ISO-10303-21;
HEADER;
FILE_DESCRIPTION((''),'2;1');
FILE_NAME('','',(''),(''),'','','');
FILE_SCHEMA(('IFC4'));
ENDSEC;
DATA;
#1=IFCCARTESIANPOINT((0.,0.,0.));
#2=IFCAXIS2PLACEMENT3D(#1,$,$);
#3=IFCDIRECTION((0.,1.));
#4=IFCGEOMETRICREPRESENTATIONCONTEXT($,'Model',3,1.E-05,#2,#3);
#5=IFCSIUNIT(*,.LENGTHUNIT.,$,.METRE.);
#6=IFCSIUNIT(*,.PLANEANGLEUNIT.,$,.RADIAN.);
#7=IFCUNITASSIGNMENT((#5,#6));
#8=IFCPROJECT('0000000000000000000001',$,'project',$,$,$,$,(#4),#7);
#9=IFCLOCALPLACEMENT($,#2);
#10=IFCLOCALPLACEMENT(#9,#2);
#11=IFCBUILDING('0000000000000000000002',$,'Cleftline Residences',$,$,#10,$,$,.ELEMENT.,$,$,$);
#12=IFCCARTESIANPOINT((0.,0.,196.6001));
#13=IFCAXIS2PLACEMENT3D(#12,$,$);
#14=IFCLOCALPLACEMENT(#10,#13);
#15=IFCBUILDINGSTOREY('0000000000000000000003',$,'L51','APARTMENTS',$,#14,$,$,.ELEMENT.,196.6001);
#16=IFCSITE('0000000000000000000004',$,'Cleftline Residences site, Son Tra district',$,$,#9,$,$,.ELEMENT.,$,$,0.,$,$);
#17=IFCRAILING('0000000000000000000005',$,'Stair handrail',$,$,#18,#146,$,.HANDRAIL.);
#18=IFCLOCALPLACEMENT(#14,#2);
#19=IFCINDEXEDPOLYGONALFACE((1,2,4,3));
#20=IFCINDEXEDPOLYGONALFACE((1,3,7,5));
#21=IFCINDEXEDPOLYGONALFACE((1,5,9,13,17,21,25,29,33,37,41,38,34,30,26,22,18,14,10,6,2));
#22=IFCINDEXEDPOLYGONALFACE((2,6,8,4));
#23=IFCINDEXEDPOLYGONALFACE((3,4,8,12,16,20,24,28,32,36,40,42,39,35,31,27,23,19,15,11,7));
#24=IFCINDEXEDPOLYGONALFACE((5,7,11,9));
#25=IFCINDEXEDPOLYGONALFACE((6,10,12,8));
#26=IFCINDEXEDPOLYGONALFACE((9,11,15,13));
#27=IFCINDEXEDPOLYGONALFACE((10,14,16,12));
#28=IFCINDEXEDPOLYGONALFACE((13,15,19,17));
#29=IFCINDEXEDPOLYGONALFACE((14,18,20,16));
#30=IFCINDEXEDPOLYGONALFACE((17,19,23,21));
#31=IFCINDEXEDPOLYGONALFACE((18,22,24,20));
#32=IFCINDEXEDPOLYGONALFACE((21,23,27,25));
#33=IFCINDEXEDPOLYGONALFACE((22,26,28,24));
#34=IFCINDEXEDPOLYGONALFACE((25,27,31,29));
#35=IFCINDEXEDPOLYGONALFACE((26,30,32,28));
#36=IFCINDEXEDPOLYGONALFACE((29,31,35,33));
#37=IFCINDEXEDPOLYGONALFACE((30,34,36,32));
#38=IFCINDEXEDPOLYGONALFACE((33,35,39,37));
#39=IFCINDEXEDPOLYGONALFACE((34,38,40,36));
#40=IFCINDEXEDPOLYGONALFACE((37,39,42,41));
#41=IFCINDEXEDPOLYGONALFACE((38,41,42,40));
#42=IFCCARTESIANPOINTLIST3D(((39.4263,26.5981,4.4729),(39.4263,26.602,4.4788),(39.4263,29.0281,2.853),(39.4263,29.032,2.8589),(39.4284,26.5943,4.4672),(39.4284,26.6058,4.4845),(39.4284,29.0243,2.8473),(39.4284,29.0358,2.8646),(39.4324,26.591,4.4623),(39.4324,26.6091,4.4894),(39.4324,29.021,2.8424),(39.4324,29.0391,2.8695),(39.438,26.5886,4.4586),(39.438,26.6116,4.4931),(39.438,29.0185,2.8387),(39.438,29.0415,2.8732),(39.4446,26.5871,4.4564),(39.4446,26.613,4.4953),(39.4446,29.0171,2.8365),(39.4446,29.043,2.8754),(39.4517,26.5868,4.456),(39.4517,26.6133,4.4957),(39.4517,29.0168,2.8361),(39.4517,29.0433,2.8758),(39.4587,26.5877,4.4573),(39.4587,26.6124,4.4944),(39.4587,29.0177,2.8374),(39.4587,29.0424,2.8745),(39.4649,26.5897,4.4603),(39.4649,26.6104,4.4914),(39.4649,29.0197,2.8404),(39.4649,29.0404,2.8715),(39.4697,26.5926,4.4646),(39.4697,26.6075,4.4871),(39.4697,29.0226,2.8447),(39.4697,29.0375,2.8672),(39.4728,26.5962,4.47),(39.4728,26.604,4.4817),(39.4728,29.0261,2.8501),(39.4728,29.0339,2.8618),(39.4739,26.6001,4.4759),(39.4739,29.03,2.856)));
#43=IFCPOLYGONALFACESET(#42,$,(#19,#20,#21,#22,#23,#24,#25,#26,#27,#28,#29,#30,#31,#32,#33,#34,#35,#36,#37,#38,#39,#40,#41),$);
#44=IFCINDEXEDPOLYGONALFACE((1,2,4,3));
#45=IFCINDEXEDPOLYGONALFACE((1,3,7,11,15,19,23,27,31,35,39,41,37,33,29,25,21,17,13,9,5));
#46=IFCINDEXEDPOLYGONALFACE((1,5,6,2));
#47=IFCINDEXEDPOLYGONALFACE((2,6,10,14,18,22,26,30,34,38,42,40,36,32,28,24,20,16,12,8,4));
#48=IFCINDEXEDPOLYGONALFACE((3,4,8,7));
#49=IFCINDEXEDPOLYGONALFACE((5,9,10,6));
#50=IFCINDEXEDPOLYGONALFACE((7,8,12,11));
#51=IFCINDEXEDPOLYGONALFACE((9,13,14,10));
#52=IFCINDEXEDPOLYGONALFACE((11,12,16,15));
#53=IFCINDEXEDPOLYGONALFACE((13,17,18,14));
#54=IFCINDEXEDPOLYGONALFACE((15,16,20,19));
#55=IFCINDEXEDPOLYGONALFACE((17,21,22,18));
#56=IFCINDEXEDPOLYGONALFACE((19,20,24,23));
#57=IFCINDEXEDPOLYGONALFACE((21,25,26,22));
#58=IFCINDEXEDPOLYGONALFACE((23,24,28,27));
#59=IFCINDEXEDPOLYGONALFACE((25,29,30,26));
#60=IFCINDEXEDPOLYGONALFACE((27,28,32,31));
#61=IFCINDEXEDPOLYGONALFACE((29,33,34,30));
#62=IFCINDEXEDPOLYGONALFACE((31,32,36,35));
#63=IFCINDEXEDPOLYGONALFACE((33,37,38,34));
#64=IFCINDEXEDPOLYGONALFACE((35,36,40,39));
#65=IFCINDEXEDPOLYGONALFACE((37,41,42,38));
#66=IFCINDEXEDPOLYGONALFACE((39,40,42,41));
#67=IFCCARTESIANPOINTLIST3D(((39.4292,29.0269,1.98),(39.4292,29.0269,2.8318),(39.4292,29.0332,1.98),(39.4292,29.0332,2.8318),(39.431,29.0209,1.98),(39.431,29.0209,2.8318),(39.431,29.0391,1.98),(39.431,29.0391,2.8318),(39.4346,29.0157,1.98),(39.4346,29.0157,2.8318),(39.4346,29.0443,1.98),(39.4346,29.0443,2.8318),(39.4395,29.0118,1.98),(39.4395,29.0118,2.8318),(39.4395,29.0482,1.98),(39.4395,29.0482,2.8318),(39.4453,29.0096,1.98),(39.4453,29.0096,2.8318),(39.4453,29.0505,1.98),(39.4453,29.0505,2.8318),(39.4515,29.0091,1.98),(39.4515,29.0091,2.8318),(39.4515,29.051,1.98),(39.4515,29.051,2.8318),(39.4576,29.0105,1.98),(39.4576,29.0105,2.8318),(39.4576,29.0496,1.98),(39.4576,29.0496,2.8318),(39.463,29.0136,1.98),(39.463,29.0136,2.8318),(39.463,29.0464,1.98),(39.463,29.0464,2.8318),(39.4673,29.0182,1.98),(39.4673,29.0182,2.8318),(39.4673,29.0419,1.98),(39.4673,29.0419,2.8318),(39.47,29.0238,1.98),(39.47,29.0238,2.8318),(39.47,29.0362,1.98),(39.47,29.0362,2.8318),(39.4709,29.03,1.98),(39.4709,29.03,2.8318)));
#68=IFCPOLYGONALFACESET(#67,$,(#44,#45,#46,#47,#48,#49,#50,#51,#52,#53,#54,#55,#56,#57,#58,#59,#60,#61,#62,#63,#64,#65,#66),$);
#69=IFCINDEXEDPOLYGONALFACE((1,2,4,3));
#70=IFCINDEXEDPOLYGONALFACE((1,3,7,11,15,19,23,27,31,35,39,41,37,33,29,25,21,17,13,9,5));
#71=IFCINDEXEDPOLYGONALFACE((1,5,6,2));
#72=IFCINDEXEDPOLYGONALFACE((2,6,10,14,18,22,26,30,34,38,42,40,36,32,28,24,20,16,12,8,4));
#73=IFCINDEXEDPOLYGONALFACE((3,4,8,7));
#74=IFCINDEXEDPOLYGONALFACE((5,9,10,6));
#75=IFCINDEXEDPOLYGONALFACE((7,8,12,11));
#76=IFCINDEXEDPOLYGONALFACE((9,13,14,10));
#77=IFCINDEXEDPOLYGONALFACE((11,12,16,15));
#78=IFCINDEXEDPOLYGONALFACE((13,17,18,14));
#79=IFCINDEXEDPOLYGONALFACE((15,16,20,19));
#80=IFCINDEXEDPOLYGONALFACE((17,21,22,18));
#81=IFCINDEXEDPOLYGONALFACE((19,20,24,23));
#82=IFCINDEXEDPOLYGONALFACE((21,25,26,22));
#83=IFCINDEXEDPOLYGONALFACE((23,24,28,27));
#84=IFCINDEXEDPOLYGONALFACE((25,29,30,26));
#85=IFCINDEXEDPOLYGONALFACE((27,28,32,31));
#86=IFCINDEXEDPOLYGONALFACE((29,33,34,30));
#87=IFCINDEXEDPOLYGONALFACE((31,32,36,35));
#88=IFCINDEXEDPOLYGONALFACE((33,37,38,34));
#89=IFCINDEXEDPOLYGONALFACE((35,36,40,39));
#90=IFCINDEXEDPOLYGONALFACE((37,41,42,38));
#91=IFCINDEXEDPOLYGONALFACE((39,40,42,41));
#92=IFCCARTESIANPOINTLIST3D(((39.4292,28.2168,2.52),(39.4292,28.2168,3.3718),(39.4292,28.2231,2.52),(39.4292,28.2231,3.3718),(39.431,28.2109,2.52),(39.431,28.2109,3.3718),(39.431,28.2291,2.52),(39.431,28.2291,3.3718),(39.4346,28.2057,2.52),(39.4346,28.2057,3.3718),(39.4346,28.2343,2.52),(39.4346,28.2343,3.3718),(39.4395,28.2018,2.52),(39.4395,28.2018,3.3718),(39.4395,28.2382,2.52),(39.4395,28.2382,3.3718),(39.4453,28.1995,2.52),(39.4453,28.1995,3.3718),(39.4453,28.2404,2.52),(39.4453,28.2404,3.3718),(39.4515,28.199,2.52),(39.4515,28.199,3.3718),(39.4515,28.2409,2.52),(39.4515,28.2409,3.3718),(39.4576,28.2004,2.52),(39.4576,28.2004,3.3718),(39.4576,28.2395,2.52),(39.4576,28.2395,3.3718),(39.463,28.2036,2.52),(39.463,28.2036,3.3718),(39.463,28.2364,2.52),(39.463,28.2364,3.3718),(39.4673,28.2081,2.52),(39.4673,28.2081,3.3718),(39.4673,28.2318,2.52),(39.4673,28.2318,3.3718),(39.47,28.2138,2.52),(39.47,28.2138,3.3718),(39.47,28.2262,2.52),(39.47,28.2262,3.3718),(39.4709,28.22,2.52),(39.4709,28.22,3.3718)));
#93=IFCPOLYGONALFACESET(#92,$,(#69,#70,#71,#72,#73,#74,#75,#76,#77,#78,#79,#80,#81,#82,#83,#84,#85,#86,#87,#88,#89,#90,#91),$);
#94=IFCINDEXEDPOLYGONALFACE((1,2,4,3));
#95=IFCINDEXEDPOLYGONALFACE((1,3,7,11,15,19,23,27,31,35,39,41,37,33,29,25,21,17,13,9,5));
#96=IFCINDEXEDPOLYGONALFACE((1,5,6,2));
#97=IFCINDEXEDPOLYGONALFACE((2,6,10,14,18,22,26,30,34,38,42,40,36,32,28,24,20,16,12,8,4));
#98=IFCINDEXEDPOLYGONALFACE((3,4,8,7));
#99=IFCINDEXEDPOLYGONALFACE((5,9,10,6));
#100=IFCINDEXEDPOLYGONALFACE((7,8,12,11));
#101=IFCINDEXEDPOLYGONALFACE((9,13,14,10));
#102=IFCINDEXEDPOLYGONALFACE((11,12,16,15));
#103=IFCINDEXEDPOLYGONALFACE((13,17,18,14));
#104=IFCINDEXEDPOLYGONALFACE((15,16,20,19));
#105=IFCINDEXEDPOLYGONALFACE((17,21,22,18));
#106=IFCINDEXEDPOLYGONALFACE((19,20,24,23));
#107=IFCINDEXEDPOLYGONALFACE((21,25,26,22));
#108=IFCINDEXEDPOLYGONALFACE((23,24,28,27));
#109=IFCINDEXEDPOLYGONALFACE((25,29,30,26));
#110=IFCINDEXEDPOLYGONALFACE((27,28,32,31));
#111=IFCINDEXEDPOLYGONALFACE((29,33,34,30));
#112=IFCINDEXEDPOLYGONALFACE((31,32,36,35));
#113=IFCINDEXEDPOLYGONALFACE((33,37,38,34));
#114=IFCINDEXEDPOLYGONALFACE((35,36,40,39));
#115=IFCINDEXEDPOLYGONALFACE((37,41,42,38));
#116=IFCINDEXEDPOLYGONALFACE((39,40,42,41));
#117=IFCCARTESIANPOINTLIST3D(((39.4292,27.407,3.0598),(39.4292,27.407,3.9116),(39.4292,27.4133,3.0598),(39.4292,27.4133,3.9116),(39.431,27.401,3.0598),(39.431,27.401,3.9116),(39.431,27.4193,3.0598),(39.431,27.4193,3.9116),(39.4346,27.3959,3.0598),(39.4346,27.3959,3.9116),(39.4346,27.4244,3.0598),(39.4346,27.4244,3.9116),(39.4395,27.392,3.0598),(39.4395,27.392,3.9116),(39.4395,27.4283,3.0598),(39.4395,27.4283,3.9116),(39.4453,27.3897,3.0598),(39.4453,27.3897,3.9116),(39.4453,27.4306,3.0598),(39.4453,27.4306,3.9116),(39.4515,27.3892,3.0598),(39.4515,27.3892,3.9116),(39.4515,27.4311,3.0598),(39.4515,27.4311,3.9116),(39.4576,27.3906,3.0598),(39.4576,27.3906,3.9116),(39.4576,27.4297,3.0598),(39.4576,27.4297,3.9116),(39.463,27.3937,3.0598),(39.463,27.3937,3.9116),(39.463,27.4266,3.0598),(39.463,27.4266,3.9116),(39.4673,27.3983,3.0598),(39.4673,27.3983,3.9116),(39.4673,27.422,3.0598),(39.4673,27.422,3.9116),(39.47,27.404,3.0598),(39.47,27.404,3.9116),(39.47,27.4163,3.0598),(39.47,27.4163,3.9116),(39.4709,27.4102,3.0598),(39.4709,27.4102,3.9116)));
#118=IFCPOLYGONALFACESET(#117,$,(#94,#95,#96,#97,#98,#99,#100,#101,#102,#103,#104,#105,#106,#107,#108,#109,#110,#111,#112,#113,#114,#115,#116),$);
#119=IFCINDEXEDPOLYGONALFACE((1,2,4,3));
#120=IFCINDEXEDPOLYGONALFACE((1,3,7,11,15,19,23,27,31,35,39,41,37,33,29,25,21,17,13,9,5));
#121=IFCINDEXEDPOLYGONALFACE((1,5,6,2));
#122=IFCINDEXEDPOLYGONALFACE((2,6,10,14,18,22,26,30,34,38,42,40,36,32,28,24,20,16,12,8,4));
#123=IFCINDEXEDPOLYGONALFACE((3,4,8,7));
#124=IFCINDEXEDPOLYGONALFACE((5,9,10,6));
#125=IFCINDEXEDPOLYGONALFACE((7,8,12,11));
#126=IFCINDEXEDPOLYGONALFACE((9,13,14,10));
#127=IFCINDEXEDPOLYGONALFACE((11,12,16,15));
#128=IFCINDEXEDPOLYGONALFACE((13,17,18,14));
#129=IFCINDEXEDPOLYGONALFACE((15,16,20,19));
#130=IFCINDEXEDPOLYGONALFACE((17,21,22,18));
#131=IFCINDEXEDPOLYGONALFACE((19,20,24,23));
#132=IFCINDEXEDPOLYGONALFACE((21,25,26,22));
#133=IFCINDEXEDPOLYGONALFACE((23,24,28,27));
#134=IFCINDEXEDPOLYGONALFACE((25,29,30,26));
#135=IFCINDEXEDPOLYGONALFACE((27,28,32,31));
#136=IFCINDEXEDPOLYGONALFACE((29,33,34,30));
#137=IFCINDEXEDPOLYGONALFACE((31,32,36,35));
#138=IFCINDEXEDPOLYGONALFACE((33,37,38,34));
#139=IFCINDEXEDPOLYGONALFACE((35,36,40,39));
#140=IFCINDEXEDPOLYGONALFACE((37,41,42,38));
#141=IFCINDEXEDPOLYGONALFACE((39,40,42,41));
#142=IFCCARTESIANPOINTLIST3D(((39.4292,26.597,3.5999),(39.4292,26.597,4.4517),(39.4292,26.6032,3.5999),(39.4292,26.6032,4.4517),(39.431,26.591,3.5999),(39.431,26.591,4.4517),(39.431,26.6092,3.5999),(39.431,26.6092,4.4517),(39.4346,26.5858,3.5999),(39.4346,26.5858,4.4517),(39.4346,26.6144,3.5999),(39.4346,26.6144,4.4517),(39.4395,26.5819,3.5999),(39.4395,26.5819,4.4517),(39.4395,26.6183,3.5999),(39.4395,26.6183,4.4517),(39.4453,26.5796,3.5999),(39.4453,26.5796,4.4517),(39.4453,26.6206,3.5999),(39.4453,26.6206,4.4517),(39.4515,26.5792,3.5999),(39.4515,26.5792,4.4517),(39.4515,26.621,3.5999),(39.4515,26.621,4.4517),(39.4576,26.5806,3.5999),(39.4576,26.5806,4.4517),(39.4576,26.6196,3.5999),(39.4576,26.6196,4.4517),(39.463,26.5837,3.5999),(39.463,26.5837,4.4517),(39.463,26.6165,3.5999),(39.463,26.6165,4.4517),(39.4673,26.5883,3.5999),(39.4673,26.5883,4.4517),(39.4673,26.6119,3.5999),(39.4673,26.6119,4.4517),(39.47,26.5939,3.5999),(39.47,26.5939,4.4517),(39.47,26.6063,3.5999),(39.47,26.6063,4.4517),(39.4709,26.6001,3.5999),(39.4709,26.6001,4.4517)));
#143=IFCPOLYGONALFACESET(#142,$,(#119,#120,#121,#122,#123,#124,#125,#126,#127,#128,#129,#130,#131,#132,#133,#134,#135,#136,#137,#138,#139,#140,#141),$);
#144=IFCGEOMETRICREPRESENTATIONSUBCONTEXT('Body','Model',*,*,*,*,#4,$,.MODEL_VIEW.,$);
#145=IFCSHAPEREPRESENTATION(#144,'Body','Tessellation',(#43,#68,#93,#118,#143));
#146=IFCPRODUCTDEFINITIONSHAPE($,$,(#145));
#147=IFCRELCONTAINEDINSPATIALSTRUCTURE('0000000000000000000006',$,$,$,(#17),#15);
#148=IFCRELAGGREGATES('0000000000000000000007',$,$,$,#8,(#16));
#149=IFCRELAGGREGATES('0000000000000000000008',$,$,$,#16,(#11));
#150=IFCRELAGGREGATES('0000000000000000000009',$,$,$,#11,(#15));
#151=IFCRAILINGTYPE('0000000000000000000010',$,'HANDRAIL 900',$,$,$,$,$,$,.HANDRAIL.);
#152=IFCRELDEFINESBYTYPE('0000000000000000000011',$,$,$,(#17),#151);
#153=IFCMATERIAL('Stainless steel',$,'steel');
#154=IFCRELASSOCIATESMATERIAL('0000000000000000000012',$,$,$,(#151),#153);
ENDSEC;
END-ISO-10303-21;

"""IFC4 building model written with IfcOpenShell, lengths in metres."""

from ifc_helpers import new_model, si_unit, direction, frame, origin, origin_2d, place, context, subcontext, project, spatial, circle, extrude, material, type_object, element, save


model = new_model("IFC4")

# Units and contexts
model_context = context("Model", 3, precision=1e-05, world=origin(), true_north=direction((0.0, 1.0)))
body_context = subcontext(model_context, "Body", "Model", "MODEL_VIEW")
ifc_project = project(units=[si_unit("LENGTHUNIT", "METRE"), si_unit("PLANEANGLEUNIT", "RADIAN")], contexts=[model_context])

# Site, building, storey
site_placement = place(None, origin())
site = spatial("IfcSite", under=ifc_project, at=site_placement, Name="Cleftline Residences site, Son Tra district", CompositionType="ELEMENT", RefElevation=0.0)
building_placement = place(site_placement, origin())
building = spatial("IfcBuilding", under=site, at=building_placement, Name="Cleftline Residences", CompositionType="ELEMENT")
storey_placement = place(building_placement, frame((0.0, 0.0, 196.6001)))
storey = spatial("IfcBuildingStorey", under=building, at=storey_placement, Name="L51", Description="APARTMENTS", CompositionType="ELEMENT", Elevation=196.6001)

# Railing
ifc_material_1 = material(Name="Stainless steel", Category="steel")
railing_type = type_object("IfcRailingType", Name="HANDRAIL 900", PredefinedType="HANDRAIL", material=ifc_material_1)
railing_1_placement = place(storey_placement, frame((39.45, 29.03, 1.98)))
element("IfcRailing", 1, at=railing_1_placement, inside=storey, type_object=railing_type, Name="Stair handrail", PredefinedType="HANDRAIL", context=body_context, shape_type="SweptSolid", body=[
    extrude(circle(Radius=0.0239, at=origin_2d()), frame((0.0, 0.0, 0.876), z_axis=(0.0, -0.832063, 0.554681), x_axis=(1.0, 0.0, 0.0)), (0.0, 0.0, 1.0), 2.9204),
    extrude(circle(Radius=0.021, at=origin_2d()), origin(), (0.0, 0.0, 1.0), 0.8518),
    extrude(circle(Radius=0.021, at=origin_2d()), frame((0.0, -0.8101, 0.54)), (0.0, 0.0, 1.0), 0.8518),
    extrude(circle(Radius=0.021, at=origin_2d()), frame((0.0, -1.6199, 1.0798)), (0.0, 0.0, 1.0), 0.8518),
    extrude(circle(Radius=0.021, at=origin_2d()), frame((0.0, -2.4299, 1.6199)), (0.0, 0.0, 1.0), 0.8518),
])

save(model, "model.ifc")
